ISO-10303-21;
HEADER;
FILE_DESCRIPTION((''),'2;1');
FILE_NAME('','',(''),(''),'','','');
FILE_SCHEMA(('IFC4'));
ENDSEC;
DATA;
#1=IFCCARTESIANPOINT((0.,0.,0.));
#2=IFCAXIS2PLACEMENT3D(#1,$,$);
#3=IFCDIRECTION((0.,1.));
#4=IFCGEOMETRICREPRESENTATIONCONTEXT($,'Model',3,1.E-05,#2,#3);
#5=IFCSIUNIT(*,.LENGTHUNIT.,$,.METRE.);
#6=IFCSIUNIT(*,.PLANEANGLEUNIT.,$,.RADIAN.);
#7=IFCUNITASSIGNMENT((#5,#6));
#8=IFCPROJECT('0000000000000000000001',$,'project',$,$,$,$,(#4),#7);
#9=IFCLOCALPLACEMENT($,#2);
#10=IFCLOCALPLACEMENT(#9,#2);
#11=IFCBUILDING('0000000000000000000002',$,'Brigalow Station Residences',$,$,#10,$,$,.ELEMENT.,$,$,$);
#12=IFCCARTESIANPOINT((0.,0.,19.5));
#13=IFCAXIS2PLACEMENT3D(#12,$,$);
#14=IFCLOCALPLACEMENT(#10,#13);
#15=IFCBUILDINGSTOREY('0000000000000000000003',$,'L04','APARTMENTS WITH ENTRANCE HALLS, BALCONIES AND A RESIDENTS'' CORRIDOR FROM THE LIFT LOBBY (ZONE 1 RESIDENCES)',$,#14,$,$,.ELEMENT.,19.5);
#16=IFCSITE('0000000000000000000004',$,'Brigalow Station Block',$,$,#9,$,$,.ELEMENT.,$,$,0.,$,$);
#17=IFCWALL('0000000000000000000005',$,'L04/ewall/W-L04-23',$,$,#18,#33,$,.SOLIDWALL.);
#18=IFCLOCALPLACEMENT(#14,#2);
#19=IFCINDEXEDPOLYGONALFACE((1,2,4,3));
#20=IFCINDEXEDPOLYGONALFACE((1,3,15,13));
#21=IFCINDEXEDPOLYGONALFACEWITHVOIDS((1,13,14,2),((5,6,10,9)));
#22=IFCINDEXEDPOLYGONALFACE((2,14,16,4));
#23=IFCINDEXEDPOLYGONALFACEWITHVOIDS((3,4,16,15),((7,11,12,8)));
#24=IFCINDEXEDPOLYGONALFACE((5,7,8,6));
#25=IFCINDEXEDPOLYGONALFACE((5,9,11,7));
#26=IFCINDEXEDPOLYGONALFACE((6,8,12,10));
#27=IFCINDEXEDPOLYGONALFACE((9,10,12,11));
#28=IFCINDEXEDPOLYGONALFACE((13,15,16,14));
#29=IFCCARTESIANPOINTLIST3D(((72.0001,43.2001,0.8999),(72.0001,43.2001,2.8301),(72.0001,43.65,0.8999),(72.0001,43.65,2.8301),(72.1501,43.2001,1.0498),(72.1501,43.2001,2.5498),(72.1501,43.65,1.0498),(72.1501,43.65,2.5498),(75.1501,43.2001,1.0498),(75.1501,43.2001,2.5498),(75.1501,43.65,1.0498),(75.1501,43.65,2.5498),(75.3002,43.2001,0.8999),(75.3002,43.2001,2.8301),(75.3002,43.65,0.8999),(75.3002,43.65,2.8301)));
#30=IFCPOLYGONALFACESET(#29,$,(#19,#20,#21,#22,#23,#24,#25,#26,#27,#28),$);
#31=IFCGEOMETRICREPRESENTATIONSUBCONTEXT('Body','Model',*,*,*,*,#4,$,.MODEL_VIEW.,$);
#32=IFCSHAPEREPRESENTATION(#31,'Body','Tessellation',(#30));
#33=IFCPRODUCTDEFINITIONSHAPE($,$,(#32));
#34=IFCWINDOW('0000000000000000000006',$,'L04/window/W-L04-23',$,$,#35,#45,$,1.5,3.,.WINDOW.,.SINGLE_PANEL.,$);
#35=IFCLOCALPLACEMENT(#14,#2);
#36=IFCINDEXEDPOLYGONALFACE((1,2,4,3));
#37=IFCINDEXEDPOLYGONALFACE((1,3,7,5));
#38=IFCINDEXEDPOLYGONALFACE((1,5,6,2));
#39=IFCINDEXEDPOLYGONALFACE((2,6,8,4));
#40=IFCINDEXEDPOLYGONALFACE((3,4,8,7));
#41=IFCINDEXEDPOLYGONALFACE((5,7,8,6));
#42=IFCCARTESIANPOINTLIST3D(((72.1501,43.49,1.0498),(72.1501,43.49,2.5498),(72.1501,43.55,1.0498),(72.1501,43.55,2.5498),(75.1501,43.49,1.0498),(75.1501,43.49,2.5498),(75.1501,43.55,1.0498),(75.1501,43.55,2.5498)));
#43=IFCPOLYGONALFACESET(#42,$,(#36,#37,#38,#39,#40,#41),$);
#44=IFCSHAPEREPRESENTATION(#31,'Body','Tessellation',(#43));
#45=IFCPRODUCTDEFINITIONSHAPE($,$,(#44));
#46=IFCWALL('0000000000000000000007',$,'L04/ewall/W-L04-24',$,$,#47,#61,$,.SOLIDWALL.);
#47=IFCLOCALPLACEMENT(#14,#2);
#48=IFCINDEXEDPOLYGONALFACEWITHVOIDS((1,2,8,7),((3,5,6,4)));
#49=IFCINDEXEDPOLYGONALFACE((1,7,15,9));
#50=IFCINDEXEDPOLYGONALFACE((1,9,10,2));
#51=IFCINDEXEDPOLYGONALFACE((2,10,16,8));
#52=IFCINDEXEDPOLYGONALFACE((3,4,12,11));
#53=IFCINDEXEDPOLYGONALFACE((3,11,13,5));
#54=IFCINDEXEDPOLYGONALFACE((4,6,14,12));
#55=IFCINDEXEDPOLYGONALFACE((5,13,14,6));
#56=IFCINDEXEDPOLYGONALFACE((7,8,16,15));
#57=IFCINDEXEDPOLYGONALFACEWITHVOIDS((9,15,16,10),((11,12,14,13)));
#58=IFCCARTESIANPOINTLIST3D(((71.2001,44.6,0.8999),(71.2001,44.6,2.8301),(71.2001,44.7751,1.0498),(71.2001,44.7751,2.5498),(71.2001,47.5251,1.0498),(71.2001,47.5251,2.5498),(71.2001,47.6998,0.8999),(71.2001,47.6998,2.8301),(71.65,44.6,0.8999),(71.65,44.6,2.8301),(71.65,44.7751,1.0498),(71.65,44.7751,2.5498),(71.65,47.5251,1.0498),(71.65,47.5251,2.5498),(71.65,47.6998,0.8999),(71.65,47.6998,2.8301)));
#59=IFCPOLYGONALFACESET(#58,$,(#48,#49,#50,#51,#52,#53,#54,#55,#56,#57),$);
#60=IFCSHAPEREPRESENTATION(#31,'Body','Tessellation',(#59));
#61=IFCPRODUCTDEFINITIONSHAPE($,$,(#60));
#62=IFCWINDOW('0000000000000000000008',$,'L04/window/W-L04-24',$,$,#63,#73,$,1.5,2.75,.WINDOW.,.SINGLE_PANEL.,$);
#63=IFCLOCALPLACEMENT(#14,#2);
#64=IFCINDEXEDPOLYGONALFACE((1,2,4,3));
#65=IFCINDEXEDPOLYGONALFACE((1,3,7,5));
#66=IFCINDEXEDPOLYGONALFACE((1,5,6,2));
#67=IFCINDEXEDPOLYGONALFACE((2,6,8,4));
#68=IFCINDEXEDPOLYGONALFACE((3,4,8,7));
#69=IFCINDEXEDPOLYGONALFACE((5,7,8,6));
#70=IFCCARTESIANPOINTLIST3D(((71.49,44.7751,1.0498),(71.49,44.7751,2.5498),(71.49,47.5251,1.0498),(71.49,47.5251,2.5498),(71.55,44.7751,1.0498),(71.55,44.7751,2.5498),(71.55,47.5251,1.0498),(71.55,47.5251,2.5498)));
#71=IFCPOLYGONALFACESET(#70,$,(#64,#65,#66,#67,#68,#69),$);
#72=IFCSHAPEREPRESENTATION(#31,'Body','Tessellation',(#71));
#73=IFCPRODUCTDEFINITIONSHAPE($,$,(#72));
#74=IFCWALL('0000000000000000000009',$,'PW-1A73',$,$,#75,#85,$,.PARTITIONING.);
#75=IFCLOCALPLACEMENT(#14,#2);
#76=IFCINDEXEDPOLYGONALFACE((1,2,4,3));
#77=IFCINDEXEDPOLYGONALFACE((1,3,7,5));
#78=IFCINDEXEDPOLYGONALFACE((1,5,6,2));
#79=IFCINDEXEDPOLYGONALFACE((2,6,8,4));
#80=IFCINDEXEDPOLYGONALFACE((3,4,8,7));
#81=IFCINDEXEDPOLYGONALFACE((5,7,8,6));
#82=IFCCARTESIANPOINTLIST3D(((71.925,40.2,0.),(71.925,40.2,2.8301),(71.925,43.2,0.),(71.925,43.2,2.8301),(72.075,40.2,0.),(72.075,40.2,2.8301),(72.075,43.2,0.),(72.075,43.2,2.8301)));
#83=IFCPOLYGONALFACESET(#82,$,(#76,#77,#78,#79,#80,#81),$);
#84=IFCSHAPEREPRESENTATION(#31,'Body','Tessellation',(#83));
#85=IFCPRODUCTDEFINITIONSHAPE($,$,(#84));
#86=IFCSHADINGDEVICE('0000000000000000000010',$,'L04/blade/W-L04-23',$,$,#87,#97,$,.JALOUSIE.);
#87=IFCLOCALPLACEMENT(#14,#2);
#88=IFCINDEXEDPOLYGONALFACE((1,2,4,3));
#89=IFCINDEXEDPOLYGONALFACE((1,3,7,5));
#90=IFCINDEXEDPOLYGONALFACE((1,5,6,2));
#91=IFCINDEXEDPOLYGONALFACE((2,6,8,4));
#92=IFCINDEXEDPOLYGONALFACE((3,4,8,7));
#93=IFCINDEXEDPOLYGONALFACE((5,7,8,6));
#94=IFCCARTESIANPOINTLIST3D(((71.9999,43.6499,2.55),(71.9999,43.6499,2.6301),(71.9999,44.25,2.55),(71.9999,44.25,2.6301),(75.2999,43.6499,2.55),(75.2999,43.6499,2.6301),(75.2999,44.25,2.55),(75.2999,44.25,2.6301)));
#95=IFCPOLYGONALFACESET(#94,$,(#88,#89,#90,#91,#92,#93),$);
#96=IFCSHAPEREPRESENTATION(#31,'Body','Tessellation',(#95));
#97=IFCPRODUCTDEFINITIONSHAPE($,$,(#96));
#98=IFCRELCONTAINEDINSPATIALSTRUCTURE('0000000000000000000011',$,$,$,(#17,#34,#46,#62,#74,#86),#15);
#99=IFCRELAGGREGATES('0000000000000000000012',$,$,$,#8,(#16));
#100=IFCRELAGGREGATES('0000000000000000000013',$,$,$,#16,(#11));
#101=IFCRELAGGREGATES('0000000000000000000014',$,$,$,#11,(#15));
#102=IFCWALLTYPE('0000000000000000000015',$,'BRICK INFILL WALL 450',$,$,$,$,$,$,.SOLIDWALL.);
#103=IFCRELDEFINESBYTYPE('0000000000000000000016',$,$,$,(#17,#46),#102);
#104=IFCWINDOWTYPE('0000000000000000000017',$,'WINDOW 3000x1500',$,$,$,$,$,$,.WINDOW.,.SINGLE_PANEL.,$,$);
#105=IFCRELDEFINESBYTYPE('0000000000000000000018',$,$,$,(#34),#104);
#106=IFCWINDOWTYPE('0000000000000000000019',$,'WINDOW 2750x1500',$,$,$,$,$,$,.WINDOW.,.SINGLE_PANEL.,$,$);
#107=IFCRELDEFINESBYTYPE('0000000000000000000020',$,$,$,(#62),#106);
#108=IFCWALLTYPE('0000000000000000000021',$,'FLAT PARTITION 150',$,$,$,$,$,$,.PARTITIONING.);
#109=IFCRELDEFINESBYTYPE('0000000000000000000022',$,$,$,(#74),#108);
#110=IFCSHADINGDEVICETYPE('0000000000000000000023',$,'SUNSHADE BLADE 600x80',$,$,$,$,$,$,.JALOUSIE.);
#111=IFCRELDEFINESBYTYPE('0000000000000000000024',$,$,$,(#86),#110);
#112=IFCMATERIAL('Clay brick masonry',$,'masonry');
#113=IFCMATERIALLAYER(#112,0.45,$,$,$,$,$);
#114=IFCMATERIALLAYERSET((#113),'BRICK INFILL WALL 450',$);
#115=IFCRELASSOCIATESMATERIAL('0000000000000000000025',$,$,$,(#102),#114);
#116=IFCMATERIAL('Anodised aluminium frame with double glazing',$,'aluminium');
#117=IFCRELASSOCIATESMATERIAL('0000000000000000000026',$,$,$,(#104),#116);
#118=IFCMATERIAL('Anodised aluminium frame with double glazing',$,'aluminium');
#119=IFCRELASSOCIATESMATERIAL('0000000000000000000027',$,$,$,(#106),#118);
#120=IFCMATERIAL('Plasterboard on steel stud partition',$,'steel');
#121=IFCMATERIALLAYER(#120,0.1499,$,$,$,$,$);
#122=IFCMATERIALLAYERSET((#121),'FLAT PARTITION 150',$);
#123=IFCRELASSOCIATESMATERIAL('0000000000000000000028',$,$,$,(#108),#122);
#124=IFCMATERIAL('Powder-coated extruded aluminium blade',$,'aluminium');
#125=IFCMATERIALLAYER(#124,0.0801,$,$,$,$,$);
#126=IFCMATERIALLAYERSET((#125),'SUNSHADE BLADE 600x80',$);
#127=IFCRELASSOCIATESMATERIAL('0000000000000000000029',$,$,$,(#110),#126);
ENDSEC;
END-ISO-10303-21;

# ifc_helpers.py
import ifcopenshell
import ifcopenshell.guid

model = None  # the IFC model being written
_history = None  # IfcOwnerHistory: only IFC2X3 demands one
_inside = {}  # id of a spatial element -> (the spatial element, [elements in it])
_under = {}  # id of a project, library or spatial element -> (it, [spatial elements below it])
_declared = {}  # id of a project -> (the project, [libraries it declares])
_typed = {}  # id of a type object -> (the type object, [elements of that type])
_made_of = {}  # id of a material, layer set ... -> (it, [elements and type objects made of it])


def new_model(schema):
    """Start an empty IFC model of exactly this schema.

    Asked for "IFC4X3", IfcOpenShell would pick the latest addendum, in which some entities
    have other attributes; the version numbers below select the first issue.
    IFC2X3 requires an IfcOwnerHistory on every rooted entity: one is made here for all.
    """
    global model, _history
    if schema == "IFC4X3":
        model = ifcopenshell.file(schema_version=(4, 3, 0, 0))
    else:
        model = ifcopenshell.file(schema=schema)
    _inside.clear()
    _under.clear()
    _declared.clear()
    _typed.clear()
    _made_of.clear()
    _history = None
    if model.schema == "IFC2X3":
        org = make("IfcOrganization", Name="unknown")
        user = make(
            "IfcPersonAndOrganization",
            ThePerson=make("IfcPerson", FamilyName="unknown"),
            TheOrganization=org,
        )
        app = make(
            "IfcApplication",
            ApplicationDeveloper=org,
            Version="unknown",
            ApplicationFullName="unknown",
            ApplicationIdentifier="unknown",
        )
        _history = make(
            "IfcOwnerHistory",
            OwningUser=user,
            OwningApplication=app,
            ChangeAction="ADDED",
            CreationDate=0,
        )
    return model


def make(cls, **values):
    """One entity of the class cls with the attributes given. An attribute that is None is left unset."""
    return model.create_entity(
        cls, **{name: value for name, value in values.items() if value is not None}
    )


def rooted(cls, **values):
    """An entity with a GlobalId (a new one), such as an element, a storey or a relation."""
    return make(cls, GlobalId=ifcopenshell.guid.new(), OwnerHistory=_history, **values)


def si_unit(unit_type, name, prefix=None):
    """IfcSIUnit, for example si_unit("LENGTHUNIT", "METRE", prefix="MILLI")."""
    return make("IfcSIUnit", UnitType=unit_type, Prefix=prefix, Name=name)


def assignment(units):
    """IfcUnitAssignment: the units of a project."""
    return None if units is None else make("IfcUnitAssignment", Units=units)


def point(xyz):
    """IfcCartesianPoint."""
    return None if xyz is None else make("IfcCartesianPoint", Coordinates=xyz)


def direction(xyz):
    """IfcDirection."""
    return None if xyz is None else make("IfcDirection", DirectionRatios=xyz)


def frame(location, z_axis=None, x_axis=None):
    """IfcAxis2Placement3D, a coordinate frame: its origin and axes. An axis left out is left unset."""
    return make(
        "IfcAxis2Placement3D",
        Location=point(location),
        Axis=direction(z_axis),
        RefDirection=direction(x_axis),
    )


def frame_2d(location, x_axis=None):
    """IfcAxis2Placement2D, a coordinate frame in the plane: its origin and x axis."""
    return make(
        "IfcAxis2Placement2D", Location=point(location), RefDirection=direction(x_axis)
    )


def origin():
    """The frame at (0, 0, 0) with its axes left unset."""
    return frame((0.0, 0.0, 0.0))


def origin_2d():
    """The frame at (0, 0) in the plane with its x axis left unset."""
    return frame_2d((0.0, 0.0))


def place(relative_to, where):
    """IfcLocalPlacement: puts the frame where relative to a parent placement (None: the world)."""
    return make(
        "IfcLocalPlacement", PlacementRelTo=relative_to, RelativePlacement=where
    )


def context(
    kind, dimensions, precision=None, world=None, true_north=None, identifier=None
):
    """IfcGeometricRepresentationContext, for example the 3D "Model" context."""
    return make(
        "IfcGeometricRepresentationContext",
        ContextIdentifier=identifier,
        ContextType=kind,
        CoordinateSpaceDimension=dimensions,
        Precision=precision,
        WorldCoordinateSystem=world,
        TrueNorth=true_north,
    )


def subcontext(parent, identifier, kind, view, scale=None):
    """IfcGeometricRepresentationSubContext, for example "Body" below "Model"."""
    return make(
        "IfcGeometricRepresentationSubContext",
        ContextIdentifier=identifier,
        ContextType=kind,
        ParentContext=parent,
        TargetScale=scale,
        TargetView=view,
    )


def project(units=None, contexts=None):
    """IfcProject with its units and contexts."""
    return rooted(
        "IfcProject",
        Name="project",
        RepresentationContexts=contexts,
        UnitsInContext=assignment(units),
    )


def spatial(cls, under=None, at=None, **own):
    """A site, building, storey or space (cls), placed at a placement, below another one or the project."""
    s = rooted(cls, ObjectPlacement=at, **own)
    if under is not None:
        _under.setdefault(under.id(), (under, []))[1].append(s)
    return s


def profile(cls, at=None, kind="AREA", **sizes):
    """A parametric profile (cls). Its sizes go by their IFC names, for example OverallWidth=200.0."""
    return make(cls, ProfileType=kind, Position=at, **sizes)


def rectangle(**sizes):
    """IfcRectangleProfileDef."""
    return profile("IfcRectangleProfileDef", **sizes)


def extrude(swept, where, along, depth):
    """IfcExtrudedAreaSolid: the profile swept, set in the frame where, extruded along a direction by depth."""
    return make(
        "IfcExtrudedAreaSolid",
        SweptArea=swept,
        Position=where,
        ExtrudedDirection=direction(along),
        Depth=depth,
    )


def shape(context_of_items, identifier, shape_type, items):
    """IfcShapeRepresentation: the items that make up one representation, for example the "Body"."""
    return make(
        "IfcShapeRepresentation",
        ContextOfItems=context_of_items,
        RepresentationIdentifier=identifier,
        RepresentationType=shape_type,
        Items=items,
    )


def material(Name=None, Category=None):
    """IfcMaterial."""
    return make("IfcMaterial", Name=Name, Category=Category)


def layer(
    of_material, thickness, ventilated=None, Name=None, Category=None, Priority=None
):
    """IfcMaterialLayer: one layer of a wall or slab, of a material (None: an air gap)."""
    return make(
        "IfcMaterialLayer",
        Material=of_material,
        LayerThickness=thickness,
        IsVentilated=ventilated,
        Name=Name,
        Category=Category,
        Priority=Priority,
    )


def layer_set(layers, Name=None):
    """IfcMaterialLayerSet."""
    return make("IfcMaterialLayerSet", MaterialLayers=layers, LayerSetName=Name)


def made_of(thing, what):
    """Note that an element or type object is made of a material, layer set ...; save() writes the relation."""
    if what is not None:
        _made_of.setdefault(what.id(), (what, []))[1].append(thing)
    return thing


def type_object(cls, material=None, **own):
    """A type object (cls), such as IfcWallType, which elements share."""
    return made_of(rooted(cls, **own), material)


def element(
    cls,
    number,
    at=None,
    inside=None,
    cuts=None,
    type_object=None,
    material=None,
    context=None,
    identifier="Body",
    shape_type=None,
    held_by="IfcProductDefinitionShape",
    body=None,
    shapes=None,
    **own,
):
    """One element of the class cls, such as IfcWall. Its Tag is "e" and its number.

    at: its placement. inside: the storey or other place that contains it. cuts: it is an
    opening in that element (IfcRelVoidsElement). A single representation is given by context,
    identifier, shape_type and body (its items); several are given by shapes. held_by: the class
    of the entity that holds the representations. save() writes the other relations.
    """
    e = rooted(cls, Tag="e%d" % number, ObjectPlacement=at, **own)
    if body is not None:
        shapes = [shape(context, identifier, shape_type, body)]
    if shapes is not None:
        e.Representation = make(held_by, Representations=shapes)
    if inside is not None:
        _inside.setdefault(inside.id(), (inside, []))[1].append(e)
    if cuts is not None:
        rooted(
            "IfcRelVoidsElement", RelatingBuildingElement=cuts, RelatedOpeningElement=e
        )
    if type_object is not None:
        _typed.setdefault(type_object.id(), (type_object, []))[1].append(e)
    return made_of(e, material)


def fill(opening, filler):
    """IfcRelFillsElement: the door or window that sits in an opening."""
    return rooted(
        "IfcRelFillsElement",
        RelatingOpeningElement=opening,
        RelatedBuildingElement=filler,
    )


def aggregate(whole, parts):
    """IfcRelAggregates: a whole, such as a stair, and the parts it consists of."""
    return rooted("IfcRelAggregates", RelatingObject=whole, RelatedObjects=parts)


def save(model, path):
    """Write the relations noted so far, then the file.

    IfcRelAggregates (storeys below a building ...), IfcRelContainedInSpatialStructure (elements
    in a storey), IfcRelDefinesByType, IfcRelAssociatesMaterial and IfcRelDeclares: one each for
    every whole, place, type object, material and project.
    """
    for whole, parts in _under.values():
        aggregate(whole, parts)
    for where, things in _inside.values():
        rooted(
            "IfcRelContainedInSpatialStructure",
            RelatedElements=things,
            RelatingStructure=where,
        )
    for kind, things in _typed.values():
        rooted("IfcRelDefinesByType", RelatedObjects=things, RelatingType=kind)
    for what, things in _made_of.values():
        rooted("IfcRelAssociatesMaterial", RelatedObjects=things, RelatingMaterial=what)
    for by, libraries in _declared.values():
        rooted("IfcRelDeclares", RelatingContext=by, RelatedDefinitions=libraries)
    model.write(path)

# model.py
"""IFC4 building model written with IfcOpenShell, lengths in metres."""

from ifc_helpers import new_model, si_unit, direction, frame, frame_2d, origin, origin_2d, place, context, subcontext, project, spatial, rectangle, extrude, material, layer, layer_set, type_object, element, fill, save


model = new_model("IFC4")

# Units and contexts
model_context = context("Model", 3, precision=1e-05, world=origin(), true_north=direction((0.0, 1.0)))
body_context = subcontext(model_context, "Body", "Model", "MODEL_VIEW")
ifc_project = project(units=[si_unit("LENGTHUNIT", "METRE"), si_unit("PLANEANGLEUNIT", "RADIAN")], contexts=[model_context])

# Site, building, storey
site_placement = place(None, origin())
site = spatial("IfcSite", under=ifc_project, at=site_placement, Name="Brigalow Station Block", CompositionType="ELEMENT", RefElevation=0.0)
building_placement = place(site_placement, origin())
building = spatial("IfcBuilding", under=site, at=building_placement, Name="Brigalow Station Residences", CompositionType="ELEMENT")
storey_placement = place(building_placement, frame((0.0, 0.0, 19.5)))
storey = spatial("IfcBuildingStorey", under=building, at=storey_placement, Name="L04", Description="APARTMENTS WITH ENTRANCE HALLS, BALCONIES AND A RESIDENTS' CORRIDOR FROM THE LIFT LOBBY (ZONE 1 RESIDENCES)", CompositionType="ELEMENT", Elevation=19.5)

# Walls, openings, windows
ifc_material_1 = material(Name="Clay brick masonry", Category="masonry")
ifc_layer_1 = layer(ifc_material_1, 0.45)
ifc_layer_set_1 = layer_set([ifc_layer_1], Name="BRICK INFILL WALL 450")
wall_type_1 = type_object("IfcWallType", Name="BRICK INFILL WALL 450", PredefinedType="SOLIDWALL", material=ifc_layer_set_1)
wall_1_placement = place(storey_placement, frame((75.3, 43.425, 0.8999), z_axis=(0.0, 0.0, 1.0), x_axis=(-1.0, 0.0, 0.0)))
wall_1 = element("IfcWall", 1, at=wall_1_placement, inside=storey, type_object=wall_type_1, Name="L04/ewall/W-L04-23", PredefinedType="SOLIDWALL", context=body_context, shape_type="SweptSolid", body=[
    extrude(rectangle(XDim=3.3, YDim=0.45, at=frame_2d((1.6499, 0.0))), origin(), (0.0, 0.0, 1.0), 1.9302),
])
opening_1_placement = place(wall_1_placement, frame((0.1499, 0.0, 0.1499)))
opening_1 = element("IfcOpeningElement", 2, at=opening_1_placement, cuts=wall_1, PredefinedType="OPENING", context=body_context, shape_type="SweptSolid", body=[
    extrude(rectangle(XDim=3.0, YDim=1.5, at=frame_2d((1.5, 0.75))), frame((0.0, 0.2349, 0.0), z_axis=(0.0, -1.0, 0.0), x_axis=(1.0, 0.0, 0.0)), (0.0, 0.0, 1.0), 0.47),
])
ifc_material_2 = material(Name="Anodised aluminium frame with double glazing", Category="aluminium")
window_type_1 = type_object("IfcWindowType", Name="WINDOW 3000x1500", PartitioningType="SINGLE_PANEL", PredefinedType="WINDOW", material=ifc_material_2)
window_1_placement = place(opening_1_placement, origin())
window_1 = element("IfcWindow", 3, at=window_1_placement, inside=storey, type_object=window_type_1, Name="L04/window/W-L04-23", OverallHeight=1.5, OverallWidth=3.0, PartitioningType="SINGLE_PANEL", PredefinedType="WINDOW", context=body_context, shape_type="SweptSolid", body=[
    extrude(rectangle(XDim=3.0, YDim=1.5, at=frame_2d((1.5, 0.75))), frame((0.0, -0.0649, 0.0), z_axis=(0.0, -1.0, 0.0), x_axis=(1.0, 0.0, 0.0)), (0.0, 0.0, 1.0), 0.0601),
])
fill(opening_1, window_1)
wall_2_placement = place(storey_placement, frame((71.425, 44.6001, 0.8999), z_axis=(0.0, 0.0, 1.0), x_axis=(0.0, 1.0, 0.0)))
wall_2 = element("IfcWall", 4, at=wall_2_placement, inside=storey, type_object=wall_type_1, Name="L04/ewall/W-L04-24", PredefinedType="SOLIDWALL", context=body_context, shape_type="SweptSolid", body=[
    extrude(rectangle(XDim=3.0999, YDim=0.45, at=frame_2d((1.5498, 0.0))), origin(), (0.0, 0.0, 1.0), 1.9302),
])
opening_2_placement = place(wall_2_placement, frame((0.175, 0.0, 0.1499)))
opening_2 = element("IfcOpeningElement", 5, at=opening_2_placement, cuts=wall_2, PredefinedType="OPENING", context=body_context, shape_type="SweptSolid", body=[
    extrude(rectangle(XDim=2.75, YDim=1.5, at=frame_2d((1.375, 0.75))), frame((0.0, 0.2349, 0.0), z_axis=(0.0, -1.0, 0.0), x_axis=(1.0, 0.0, 0.0)), (0.0, 0.0, 1.0), 0.47),
])
ifc_material_3 = material(Name="Anodised aluminium frame with double glazing", Category="aluminium")
window_type_2 = type_object("IfcWindowType", Name="WINDOW 2750x1500", PartitioningType="SINGLE_PANEL", PredefinedType="WINDOW", material=ifc_material_3)
window_2_placement = place(opening_2_placement, origin())
window_2 = element("IfcWindow", 6, at=window_2_placement, inside=storey, type_object=window_type_2, Name="L04/window/W-L04-24", OverallHeight=1.5, OverallWidth=2.75, PartitioningType="SINGLE_PANEL", PredefinedType="WINDOW", context=body_context, shape_type="SweptSolid", body=[
    extrude(rectangle(XDim=2.75, YDim=1.5, at=frame_2d((1.375, 0.75))), frame((0.0, -0.0649, 0.0), z_axis=(0.0, -1.0, 0.0), x_axis=(1.0, 0.0, 0.0)), (0.0, 0.0, 1.0), 0.0601),
])
fill(opening_2, window_2)

# Wall
ifc_material_4 = material(Name="Plasterboard on steel stud partition", Category="steel")
ifc_layer_2 = layer(ifc_material_4, 0.1499)
ifc_layer_set_2 = layer_set([ifc_layer_2], Name="FLAT PARTITION 150")
wall_type_2 = type_object("IfcWallType", Name="FLAT PARTITION 150", PredefinedType="PARTITIONING", material=ifc_layer_set_2)
wall_3_placement = place(storey_placement, frame((72.0, 40.2, 0.0), z_axis=(0.0, 0.0, 1.0), x_axis=(0.0, 1.0, 0.0)))
element("IfcWall", 7, at=wall_3_placement, inside=storey, type_object=wall_type_2, Name="PW-1A73", PredefinedType="PARTITIONING", context=body_context, shape_type="SweptSolid", body=[
    extrude(rectangle(XDim=3.0, YDim=0.1499, at=frame_2d((1.5, 0.0))), origin(), (0.0, 0.0, 1.0), 2.8301),
])

# Shading device
ifc_material_5 = material(Name="Powder-coated extruded aluminium blade", Category="aluminium")
ifc_layer_3 = layer(ifc_material_5, 0.0801)
ifc_layer_set_3 = layer_set([ifc_layer_3], Name="SUNSHADE BLADE 600x80")
shading_device_type = type_object("IfcShadingDeviceType", Name="SUNSHADE BLADE 600x80", PredefinedType="JALOUSIE", material=ifc_layer_set_3)
shading_device_placement = place(storey_placement, frame((73.6499, 43.95, 2.55), z_axis=(0.0, 0.0, 1.0), x_axis=(-1.0, 0.0, 0.0)))
element("IfcShadingDevice", 8, at=shading_device_placement, inside=storey, type_object=shading_device_type, Name="L04/blade/W-L04-23", PredefinedType="JALOUSIE", context=body_context, shape_type="SweptSolid", body=[
    extrude(rectangle(XDim=3.3, YDim=0.6001, at=origin_2d()), origin(), (0.0, 0.0, 1.0), 0.0801),
])

save(model, "model.ifc")
